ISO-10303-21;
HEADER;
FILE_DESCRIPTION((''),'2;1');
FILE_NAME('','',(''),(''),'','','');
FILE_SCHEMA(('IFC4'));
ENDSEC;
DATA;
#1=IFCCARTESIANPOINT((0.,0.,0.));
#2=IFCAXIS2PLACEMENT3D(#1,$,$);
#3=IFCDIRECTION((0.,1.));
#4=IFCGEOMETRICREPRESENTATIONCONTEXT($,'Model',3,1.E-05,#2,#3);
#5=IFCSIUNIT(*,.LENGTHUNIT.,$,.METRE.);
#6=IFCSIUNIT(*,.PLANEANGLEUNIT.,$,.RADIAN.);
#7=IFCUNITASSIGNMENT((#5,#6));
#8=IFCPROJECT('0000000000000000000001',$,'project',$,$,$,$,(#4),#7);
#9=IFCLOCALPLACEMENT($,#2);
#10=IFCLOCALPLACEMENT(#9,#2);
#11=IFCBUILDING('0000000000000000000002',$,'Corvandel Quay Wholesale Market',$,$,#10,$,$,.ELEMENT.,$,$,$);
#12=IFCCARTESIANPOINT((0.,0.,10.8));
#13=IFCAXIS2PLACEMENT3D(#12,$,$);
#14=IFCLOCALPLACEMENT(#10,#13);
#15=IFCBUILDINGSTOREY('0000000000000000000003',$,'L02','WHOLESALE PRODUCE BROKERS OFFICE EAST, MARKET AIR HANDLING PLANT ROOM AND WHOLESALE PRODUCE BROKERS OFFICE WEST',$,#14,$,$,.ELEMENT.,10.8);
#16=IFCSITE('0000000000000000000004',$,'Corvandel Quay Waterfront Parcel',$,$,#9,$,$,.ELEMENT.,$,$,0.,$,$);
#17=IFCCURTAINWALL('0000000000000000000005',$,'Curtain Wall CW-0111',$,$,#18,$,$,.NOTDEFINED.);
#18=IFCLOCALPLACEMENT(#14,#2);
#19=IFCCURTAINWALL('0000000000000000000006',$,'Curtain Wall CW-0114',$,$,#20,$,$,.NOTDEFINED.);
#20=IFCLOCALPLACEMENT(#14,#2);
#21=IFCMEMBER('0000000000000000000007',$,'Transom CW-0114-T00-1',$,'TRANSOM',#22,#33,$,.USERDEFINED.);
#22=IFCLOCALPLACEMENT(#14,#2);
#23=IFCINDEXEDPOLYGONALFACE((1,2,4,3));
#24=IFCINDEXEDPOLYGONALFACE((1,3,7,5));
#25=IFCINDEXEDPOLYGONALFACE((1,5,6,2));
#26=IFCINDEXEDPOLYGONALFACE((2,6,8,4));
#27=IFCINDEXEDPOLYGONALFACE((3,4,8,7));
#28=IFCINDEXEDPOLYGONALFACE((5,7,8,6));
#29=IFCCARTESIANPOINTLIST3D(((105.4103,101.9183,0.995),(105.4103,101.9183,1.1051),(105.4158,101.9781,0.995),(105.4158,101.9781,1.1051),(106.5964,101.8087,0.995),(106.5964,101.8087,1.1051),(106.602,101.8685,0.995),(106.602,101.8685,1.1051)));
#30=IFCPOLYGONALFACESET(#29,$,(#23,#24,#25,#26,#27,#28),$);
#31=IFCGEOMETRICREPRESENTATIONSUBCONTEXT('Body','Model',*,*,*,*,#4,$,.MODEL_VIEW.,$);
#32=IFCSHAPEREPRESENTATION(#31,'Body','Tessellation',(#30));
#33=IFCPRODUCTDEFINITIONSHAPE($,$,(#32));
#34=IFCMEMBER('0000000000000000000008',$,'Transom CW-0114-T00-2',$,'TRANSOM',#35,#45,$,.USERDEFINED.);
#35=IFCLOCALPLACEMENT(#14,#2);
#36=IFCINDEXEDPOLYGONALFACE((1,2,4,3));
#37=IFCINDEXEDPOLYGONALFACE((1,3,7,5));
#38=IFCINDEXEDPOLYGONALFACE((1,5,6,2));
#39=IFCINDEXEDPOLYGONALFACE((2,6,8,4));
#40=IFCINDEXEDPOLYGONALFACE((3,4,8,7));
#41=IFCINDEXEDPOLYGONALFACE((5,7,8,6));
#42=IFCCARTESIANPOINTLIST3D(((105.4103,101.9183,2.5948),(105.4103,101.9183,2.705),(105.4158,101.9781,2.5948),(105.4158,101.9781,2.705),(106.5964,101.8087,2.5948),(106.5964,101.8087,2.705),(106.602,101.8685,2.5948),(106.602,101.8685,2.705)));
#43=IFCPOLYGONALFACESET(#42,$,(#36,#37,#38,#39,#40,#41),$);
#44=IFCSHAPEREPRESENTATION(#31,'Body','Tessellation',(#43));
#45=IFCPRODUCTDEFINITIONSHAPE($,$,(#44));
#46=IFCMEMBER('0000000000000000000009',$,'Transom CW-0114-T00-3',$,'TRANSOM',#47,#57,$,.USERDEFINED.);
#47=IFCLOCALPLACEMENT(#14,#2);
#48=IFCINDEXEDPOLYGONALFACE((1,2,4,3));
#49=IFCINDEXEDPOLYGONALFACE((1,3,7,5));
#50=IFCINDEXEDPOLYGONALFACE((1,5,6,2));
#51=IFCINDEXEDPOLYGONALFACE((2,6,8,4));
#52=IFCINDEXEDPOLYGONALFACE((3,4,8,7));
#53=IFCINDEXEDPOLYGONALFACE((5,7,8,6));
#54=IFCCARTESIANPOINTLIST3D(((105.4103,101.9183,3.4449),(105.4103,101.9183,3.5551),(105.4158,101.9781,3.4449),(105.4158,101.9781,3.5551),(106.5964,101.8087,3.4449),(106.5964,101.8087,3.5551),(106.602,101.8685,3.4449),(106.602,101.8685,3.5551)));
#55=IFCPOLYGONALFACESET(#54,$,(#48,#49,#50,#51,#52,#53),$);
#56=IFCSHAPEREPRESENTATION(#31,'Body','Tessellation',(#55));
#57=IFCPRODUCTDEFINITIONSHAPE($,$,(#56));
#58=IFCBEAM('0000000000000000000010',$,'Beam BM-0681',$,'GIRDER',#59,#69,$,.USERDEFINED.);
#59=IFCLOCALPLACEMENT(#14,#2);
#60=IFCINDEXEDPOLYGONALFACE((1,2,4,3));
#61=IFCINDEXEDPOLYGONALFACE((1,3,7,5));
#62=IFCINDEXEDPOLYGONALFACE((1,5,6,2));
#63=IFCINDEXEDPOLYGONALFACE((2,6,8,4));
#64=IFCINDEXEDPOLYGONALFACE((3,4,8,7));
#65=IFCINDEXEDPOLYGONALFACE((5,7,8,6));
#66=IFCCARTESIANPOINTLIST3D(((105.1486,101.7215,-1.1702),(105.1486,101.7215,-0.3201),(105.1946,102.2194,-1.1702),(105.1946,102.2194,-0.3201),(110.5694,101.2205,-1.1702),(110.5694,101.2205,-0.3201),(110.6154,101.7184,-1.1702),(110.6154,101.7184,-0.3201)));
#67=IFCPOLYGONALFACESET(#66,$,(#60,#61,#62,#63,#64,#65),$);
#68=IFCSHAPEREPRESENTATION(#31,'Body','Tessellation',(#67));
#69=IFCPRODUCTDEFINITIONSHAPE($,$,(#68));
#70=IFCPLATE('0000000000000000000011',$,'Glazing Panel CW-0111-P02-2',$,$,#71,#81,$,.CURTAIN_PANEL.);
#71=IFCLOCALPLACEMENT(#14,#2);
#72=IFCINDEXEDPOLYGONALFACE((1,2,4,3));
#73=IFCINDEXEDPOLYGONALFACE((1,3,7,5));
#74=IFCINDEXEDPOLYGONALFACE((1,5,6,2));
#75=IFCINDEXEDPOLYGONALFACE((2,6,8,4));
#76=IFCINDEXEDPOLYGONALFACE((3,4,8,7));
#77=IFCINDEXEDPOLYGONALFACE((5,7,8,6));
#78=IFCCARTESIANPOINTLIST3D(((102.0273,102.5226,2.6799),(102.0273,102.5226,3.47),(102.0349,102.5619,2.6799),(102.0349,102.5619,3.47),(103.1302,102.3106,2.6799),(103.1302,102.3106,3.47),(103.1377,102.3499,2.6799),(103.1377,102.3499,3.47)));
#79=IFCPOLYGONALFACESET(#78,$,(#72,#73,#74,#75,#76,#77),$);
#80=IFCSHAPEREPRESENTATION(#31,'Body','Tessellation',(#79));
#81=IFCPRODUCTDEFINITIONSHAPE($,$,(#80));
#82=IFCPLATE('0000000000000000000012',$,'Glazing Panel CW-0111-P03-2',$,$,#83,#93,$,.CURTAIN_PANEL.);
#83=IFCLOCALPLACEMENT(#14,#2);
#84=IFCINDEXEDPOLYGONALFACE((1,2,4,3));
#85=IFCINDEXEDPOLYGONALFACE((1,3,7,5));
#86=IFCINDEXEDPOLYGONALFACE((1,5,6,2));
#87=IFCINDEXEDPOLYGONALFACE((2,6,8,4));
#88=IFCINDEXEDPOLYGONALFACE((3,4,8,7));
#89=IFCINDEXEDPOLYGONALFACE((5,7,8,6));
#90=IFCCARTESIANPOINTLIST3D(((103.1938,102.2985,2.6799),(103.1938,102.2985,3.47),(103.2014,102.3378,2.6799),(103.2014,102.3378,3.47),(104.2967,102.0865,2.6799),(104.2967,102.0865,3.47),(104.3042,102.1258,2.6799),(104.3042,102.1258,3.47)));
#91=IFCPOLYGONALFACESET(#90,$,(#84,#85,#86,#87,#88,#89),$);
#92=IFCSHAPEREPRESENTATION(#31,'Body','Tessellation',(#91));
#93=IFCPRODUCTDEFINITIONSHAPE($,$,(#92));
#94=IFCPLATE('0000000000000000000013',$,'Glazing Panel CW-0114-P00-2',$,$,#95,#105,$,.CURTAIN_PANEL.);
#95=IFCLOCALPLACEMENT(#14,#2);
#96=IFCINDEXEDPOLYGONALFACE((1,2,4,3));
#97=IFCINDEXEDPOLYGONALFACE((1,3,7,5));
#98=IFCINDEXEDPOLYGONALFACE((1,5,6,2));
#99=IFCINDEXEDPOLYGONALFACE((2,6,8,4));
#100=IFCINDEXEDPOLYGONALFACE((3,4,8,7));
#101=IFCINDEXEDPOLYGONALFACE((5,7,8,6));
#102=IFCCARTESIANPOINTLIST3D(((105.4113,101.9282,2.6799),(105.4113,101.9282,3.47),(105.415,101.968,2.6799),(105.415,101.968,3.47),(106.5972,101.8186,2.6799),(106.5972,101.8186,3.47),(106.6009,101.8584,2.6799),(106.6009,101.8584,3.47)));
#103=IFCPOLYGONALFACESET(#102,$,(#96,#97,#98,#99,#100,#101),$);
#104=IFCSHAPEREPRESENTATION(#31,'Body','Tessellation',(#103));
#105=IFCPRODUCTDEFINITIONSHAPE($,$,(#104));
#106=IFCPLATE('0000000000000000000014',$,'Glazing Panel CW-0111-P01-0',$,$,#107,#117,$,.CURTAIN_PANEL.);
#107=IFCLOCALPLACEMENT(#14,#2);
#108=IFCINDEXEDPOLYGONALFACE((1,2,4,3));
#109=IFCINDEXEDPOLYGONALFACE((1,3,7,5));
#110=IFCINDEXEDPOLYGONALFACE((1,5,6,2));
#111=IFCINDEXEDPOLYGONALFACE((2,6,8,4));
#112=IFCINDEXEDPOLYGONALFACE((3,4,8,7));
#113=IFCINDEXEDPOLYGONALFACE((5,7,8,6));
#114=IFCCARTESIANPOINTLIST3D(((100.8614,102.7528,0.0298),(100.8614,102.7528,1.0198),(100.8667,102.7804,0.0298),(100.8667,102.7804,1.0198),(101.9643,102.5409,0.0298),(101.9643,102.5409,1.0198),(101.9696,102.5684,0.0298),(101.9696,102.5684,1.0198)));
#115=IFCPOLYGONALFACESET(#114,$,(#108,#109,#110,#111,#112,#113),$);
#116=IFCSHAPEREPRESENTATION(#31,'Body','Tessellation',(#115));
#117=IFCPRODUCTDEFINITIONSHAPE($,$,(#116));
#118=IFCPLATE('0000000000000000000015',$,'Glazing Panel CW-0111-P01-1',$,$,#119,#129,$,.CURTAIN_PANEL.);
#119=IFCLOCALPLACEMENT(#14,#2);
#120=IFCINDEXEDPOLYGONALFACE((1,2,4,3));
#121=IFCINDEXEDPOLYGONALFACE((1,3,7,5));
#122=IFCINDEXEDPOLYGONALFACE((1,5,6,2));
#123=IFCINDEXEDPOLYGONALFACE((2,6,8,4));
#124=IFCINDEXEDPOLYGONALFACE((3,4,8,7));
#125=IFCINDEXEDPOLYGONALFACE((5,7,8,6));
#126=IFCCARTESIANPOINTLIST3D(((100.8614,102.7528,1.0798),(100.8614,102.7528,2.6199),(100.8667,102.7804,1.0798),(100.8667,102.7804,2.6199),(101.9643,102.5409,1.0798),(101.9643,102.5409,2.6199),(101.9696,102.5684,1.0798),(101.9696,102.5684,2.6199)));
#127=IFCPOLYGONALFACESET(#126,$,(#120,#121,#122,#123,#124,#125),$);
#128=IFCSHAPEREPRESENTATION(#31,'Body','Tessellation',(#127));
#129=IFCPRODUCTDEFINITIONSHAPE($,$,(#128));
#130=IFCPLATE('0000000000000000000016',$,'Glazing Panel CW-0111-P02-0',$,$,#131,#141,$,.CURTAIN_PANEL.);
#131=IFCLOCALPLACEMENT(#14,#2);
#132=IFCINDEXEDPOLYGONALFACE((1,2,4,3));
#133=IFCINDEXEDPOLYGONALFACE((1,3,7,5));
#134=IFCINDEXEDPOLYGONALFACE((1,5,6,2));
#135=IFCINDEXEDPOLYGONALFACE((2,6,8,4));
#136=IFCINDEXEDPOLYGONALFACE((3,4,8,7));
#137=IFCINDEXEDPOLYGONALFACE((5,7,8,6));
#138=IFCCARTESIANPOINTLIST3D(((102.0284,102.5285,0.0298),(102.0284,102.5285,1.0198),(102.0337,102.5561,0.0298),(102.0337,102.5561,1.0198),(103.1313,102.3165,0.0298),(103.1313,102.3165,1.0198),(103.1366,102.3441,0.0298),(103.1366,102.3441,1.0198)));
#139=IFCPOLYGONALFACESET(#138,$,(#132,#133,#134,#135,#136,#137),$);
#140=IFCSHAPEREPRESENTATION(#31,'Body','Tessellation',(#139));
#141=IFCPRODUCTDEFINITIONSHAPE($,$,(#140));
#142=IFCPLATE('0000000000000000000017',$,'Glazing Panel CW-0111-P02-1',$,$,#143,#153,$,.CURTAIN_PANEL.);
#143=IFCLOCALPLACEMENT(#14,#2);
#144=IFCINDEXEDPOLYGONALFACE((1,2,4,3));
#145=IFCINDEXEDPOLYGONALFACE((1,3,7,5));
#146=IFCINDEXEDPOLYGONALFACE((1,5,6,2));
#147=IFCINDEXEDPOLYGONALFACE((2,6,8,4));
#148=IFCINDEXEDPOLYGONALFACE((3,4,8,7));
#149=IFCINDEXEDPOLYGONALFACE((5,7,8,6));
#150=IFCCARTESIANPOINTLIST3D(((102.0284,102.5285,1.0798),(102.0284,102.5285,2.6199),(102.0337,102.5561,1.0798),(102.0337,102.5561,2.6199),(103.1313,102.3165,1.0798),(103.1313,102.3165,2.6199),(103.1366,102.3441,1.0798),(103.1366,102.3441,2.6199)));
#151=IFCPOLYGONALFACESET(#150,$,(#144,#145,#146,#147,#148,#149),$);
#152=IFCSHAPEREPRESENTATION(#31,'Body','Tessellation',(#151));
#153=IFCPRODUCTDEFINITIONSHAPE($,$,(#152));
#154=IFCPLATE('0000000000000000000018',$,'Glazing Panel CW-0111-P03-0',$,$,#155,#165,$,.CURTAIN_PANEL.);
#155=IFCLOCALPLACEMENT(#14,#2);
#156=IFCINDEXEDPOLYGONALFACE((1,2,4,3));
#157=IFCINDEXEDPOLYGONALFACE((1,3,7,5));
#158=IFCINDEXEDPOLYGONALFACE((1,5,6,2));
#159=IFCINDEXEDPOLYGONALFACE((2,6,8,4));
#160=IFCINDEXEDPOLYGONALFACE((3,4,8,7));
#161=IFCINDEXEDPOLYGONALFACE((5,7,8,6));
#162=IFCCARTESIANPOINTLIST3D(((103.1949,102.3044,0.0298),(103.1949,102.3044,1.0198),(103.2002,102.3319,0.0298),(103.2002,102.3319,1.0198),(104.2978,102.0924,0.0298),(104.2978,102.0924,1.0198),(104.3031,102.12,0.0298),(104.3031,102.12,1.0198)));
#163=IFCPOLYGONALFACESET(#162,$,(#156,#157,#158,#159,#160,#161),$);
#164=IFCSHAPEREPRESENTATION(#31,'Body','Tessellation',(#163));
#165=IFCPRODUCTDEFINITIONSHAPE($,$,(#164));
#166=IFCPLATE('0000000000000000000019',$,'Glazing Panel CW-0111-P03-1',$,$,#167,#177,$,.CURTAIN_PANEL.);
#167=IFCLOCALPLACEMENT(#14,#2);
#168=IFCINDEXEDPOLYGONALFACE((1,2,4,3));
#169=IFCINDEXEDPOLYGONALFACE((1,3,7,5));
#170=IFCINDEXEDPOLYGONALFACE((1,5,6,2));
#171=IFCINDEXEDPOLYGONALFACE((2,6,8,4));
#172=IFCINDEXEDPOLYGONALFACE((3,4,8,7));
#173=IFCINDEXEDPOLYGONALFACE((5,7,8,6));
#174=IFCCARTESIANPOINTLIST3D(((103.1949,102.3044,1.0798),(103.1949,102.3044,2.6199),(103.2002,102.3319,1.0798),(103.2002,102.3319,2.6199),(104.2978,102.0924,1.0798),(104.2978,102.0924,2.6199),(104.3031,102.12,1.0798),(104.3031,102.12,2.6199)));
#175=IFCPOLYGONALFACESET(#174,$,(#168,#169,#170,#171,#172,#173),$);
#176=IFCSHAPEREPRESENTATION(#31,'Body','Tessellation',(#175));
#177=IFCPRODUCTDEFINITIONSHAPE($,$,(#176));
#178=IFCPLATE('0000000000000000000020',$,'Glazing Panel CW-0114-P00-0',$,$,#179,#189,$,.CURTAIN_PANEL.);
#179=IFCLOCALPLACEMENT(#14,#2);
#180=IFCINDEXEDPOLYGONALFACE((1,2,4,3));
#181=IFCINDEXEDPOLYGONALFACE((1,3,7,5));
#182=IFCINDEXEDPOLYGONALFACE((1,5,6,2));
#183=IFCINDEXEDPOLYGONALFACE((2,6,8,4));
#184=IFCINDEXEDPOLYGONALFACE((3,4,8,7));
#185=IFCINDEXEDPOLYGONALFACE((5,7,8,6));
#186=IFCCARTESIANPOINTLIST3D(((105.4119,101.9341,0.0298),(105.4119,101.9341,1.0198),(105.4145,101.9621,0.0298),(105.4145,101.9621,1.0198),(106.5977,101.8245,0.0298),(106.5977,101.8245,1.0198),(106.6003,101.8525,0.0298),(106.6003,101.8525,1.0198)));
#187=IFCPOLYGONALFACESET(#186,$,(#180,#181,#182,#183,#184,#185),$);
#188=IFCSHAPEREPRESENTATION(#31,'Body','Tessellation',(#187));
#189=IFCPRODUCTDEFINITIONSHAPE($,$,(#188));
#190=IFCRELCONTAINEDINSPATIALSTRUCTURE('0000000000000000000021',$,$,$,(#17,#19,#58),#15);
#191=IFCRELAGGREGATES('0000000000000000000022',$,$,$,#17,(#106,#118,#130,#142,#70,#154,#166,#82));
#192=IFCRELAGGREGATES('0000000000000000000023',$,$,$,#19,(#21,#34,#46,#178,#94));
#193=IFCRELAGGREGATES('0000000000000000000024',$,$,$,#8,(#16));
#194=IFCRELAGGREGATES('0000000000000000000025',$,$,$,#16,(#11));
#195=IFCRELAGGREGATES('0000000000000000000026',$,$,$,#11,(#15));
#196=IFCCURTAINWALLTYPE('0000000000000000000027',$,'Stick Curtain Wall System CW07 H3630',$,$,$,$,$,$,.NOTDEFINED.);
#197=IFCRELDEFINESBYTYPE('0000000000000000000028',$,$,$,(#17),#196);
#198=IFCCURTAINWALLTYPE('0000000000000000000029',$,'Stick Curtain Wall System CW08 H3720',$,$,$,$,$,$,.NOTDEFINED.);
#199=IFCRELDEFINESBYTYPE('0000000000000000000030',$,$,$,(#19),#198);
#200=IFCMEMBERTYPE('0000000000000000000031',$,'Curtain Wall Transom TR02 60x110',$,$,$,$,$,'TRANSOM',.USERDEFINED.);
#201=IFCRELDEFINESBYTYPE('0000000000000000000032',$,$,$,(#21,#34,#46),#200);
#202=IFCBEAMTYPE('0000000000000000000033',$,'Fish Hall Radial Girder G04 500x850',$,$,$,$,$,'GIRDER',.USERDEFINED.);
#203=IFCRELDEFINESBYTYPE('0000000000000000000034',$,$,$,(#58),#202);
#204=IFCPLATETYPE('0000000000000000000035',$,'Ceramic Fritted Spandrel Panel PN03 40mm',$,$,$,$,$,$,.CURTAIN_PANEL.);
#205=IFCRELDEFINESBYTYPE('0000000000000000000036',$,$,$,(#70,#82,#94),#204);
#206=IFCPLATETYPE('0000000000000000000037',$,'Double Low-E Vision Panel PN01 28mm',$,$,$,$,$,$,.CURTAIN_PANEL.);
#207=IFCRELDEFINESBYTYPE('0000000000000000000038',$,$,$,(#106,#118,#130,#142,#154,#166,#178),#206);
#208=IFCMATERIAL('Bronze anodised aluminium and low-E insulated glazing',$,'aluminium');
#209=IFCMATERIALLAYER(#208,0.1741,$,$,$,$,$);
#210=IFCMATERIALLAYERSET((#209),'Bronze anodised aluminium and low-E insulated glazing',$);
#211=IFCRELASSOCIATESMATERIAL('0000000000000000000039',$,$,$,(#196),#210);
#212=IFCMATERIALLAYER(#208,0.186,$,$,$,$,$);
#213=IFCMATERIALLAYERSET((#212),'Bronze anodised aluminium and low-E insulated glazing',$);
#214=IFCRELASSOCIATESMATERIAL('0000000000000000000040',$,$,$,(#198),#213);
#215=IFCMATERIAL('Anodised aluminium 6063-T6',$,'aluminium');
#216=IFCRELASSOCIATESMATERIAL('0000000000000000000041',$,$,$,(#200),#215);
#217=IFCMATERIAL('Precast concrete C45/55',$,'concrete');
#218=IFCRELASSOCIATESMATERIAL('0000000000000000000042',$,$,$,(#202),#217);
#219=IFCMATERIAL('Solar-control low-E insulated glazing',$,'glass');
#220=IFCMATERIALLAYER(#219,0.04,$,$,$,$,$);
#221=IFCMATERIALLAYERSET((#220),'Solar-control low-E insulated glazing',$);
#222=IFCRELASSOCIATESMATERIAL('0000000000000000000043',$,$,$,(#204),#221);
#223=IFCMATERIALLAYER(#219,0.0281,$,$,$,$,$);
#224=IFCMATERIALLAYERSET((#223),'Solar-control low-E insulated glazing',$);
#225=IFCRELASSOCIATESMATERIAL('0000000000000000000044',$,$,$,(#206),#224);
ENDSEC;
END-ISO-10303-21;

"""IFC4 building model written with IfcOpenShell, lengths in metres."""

from ifc_helpers import new_model, si_unit, direction, frame, origin, origin_2d, place, context, subcontext, project, spatial, rectangle, extrude, material, layer, layer_set, material_profile, profile_set, type_object, element, aggregate, save


model = new_model("IFC4")

# Units and contexts
model_context = context("Model", 3, precision=1e-05, world=origin(), true_north=direction((0.0, 1.0)))
body_context = subcontext(model_context, "Body", "Model", "MODEL_VIEW")
ifc_project = project(units=[si_unit("LENGTHUNIT", "METRE"), si_unit("PLANEANGLEUNIT", "RADIAN")], contexts=[model_context])

# Site, building, storey
site_placement = place(None, origin())
site = spatial("IfcSite", under=ifc_project, at=site_placement, Name="Corvandel Quay Waterfront Parcel", CompositionType="ELEMENT", RefElevation=0.0)
building_placement = place(site_placement, origin())
building = spatial("IfcBuilding", under=site, at=building_placement, Name="Corvandel Quay Wholesale Market", CompositionType="ELEMENT")
storey_placement = place(building_placement, frame((0.0, 0.0, 10.8)))
storey = spatial("IfcBuildingStorey", under=building, at=storey_placement, Name="L02", Description="WHOLESALE PRODUCE BROKERS OFFICE EAST, MARKET AIR HANDLING PLANT ROOM AND WHOLESALE PRODUCE BROKERS OFFICE WEST", CompositionType="ELEMENT", Elevation=10.8)

# Shared definitions
ifc_material_1 = material(Name="Precast concrete C45/55", Category="concrete")

# Curtain wall
ifc_material_2 = material(Name="Bronze anodised aluminium and low-E insulated glazing", Category="aluminium")
ifc_layer_1 = layer(ifc_material_2, 0.1741)
ifc_layer_set_1 = layer_set([ifc_layer_1], Name="Bronze anodised aluminium and low-E insulated glazing")
curtain_wall_type_1 = type_object("IfcCurtainWallType", Name="Stick Curtain Wall System CW07 H3630", PredefinedType="NOTDEFINED", material=ifc_layer_set_1)
curtain_wall_1_placement = place(storey_placement, origin())
curtain_wall_1 = element("IfcCurtainWall", 1, at=curtain_wall_1_placement, inside=storey, type_object=curtain_wall_type_1, Name="Curtain Wall CW-0111", PredefinedType="NOTDEFINED")
ifc_material_3 = material(Name="Anodised aluminium 6063-T6", Category="aluminium")

# Curtain wall
ifc_layer_2 = layer(ifc_material_2, 0.186)
ifc_layer_set_2 = layer_set([ifc_layer_2], Name="Bronze anodised aluminium and low-E insulated glazing")
curtain_wall_type_2 = type_object("IfcCurtainWallType", Name="Stick Curtain Wall System CW08 H3720", PredefinedType="NOTDEFINED", material=ifc_layer_set_2)
curtain_wall_2_placement = place(storey_placement, origin())
curtain_wall_2 = element("IfcCurtainWall", 2, at=curtain_wall_2_placement, inside=storey, type_object=curtain_wall_type_2, Name="Curtain Wall CW-0114", PredefinedType="NOTDEFINED")

# Members
ifc_material_profile_1 = material_profile(ifc_material_3, rectangle(XDim=0.0601, YDim=0.1101, at=origin_2d()), Name="ALU-TRN-60x110")
ifc_profile_set_1 = profile_set([ifc_material_profile_1], Name="Anodised aluminium 6063-T6")
member_type_1 = type_object("IfcMemberType", Name="Curtain Wall Transom TR02 60x110", ElementType="TRANSOM", PredefinedType="USERDEFINED", material=ifc_profile_set_1)
member_1_placement = place(storey_placement, frame((105.4131, 101.9482, 1.05), z_axis=(0.995756, -0.092033, 0.0), x_axis=(0.092033, 0.995756, 0.0)))
member_1 = element("IfcMember", 3, at=member_1_placement, type_object=member_type_1, Name="Transom CW-0114-T00-1", ObjectType="TRANSOM", PredefinedType="USERDEFINED", context=body_context, shape_type="SweptSolid", body=[
    extrude(rectangle(XDim=0.0601, YDim=0.1101, at=origin_2d()), origin(), (0.0, 0.0, 1.0), 1.1912),
])
member_2_placement = place(storey_placement, frame((105.4131, 101.9482, 2.6499), z_axis=(0.995756, -0.092033, 0.0), x_axis=(0.092033, 0.995756, 0.0)))
member_2 = element("IfcMember", 4, at=member_2_placement, type_object=member_type_1, Name="Transom CW-0114-T00-2", ObjectType="TRANSOM", PredefinedType="USERDEFINED", context=body_context, shape_type="SweptSolid", body=[
    extrude(rectangle(XDim=0.0601, YDim=0.1101, at=origin_2d()), origin(), (0.0, 0.0, 1.0), 1.1912),
])
member_3_placement = place(storey_placement, frame((105.4131, 101.9482, 3.5), z_axis=(0.995756, -0.092033, 0.0), x_axis=(0.092033, 0.995756, 0.0)))
member_3 = element("IfcMember", 5, at=member_3_placement, type_object=member_type_1, Name="Transom CW-0114-T00-3", ObjectType="TRANSOM", PredefinedType="USERDEFINED", context=body_context, shape_type="SweptSolid", body=[
    extrude(rectangle(XDim=0.0601, YDim=0.1101, at=origin_2d()), origin(), (0.0, 0.0, 1.0), 1.1912),
])

# Beam
ifc_material_profile_2 = material_profile(ifc_material_1, rectangle(XDim=0.5, YDim=0.8501, at=origin_2d()), Name="PC-GIR-500x850")
ifc_profile_set_2 = profile_set([ifc_material_profile_2], Name="Precast concrete C45/55")
beam_type = type_object("IfcBeamType", Name="Fish Hall Radial Girder G04 500x850", ElementType="GIRDER", PredefinedType="USERDEFINED", material=ifc_profile_set_2)
beam_placement = place(storey_placement, frame((105.1716, 101.9705, -0.7451), z_axis=(0.995756, -0.092028, 0.0), x_axis=(0.092028, 0.995756, 0.0)))
element("IfcBeam", 6, at=beam_placement, inside=storey, type_object=beam_type, Name="Beam BM-0681", ObjectType="GIRDER", PredefinedType="USERDEFINED", context=body_context, shape_type="SweptSolid", body=[
    extrude(rectangle(XDim=0.5, YDim=0.8501, at=origin_2d()), origin(), (0.0, 0.0, 1.0), 5.4438),
])

# Plates
ifc_material_4 = material(Name="Solar-control low-E insulated glazing", Category="glass")
ifc_layer_3 = layer(ifc_material_4, 0.04)
ifc_layer_set_3 = layer_set([ifc_layer_3], Name="Solar-control low-E insulated glazing")
plate_type_1 = type_object("IfcPlateType", Name="Ceramic Fritted Spandrel Panel PN03 40mm", PredefinedType="CURTAIN_PANEL", material=ifc_layer_set_3)
plate_1_placement = place(storey_placement, frame((102.5825, 102.4363, 2.6799), z_axis=(0.0, 0.0, 1.0), x_axis=(-0.982025, 0.188753, 0.0)))
plate_1 = element("IfcPlate", 7, at=plate_1_placement, type_object=plate_type_1, Name="Glazing Panel CW-0111-P02-2", PredefinedType="CURTAIN_PANEL", context=body_context, shape_type="SweptSolid", body=[
    extrude(rectangle(XDim=1.123, YDim=0.04, at=origin_2d()), origin(), (0.0, 0.0, 1.0), 0.79),
])
plate_2_placement = place(storey_placement, frame((103.749, 102.2122, 2.6799), z_axis=(0.0, 0.0, 1.0), x_axis=(-0.982025, 0.188753, 0.0)))
plate_2 = element("IfcPlate", 8, at=plate_2_placement, type_object=plate_type_1, Name="Glazing Panel CW-0111-P03-2", PredefinedType="CURTAIN_PANEL", context=body_context, shape_type="SweptSolid", body=[
    extrude(rectangle(XDim=1.123, YDim=0.04, at=origin_2d()), origin(), (0.0, 0.0, 1.0), 0.79),
])
plate_3_placement = place(storey_placement, frame((106.0061, 101.8933, 2.6799), z_axis=(0.0, 0.0, 1.0), x_axis=(-0.995757, 0.092023, 0.0)))
plate_3 = element("IfcPlate", 9, at=plate_3_placement, type_object=plate_type_1, Name="Glazing Panel CW-0114-P00-2", PredefinedType="CURTAIN_PANEL", context=body_context, shape_type="SweptSolid", body=[
    extrude(rectangle(XDim=1.1909, YDim=0.04, at=origin_2d()), origin(), (0.0, 0.0, 1.0), 0.79),
])
ifc_layer_4 = layer(ifc_material_4, 0.0281)
ifc_layer_set_4 = layer_set([ifc_layer_4], Name="Solar-control low-E insulated glazing")
plate_type_2 = type_object("IfcPlateType", Name="Double Low-E Vision Panel PN01 28mm", PredefinedType="CURTAIN_PANEL", material=ifc_layer_set_4)
plate_4_placement = place(storey_placement, frame((101.4155, 102.6606, 0.0298), z_axis=(0.0, 0.0, 1.0), x_axis=(-0.982025, 0.188753, 0.0)))
plate_4 = element("IfcPlate", 10, at=plate_4_placement, type_object=plate_type_2, Name="Glazing Panel CW-0111-P01-0", PredefinedType="CURTAIN_PANEL", context=body_context, shape_type="SweptSolid", body=[
    extrude(rectangle(XDim=1.123, YDim=0.0281, at=origin_2d()), origin(), (0.0, 0.0, 1.0), 0.99),
])
plate_5_placement = place(storey_placement, frame((101.4155, 102.6606, 1.0798), z_axis=(0.0, 0.0, 1.0), x_axis=(-0.982025, 0.188753, 0.0)))
plate_5 = element("IfcPlate", 11, at=plate_5_placement, type_object=plate_type_2, Name="Glazing Panel CW-0111-P01-1", PredefinedType="CURTAIN_PANEL", context=body_context, shape_type="SweptSolid", body=[
    extrude(rectangle(XDim=1.123, YDim=0.0281, at=origin_2d()), origin(), (0.0, 0.0, 1.0), 1.54),
])
plate_6_placement = place(storey_placement, frame((102.5825, 102.4363, 0.0298), z_axis=(0.0, 0.0, 1.0), x_axis=(-0.982025, 0.188753, 0.0)))
plate_6 = element("IfcPlate", 12, at=plate_6_placement, type_object=plate_type_2, Name="Glazing Panel CW-0111-P02-0", PredefinedType="CURTAIN_PANEL", context=body_context, shape_type="SweptSolid", body=[
    extrude(rectangle(XDim=1.123, YDim=0.0281, at=origin_2d()), origin(), (0.0, 0.0, 1.0), 0.99),
])
plate_7_placement = place(storey_placement, frame((102.5825, 102.4363, 1.0798), z_axis=(0.0, 0.0, 1.0), x_axis=(-0.982025, 0.188753, 0.0)))
plate_7 = element("IfcPlate", 13, at=plate_7_placement, type_object=plate_type_2, Name="Glazing Panel CW-0111-P02-1", PredefinedType="CURTAIN_PANEL", context=body_context, shape_type="SweptSolid", body=[
    extrude(rectangle(XDim=1.123, YDim=0.0281, at=origin_2d()), origin(), (0.0, 0.0, 1.0), 1.54),
])
plate_8_placement = place(storey_placement, frame((103.749, 102.2122, 0.0298), z_axis=(0.0, 0.0, 1.0), x_axis=(-0.982025, 0.188753, 0.0)))
plate_8 = element("IfcPlate", 14, at=plate_8_placement, type_object=plate_type_2, Name="Glazing Panel CW-0111-P03-0", PredefinedType="CURTAIN_PANEL", context=body_context, shape_type="SweptSolid", body=[
    extrude(rectangle(XDim=1.123, YDim=0.0281, at=origin_2d()), origin(), (0.0, 0.0, 1.0), 0.99),
])
plate_9_placement = place(storey_placement, frame((103.749, 102.2122, 1.0798), z_axis=(0.0, 0.0, 1.0), x_axis=(-0.982025, 0.188753, 0.0)))
plate_9 = element("IfcPlate", 15, at=plate_9_placement, type_object=plate_type_2, Name="Glazing Panel CW-0111-P03-1", PredefinedType="CURTAIN_PANEL", context=body_context, shape_type="SweptSolid", body=[
    extrude(rectangle(XDim=1.123, YDim=0.0281, at=origin_2d()), origin(), (0.0, 0.0, 1.0), 1.54),
])
aggregate(curtain_wall_1, [plate_4, plate_5, plate_6, plate_7, plate_1, plate_8, plate_9, plate_2])
plate_10_placement = place(storey_placement, frame((106.0061, 101.8933, 0.0298), z_axis=(0.0, 0.0, 1.0), x_axis=(-0.995757, 0.092023, 0.0)))
plate_10 = element("IfcPlate", 16, at=plate_10_placement, type_object=plate_type_2, Name="Glazing Panel CW-0114-P00-0", PredefinedType="CURTAIN_PANEL", context=body_context, shape_type="SweptSolid", body=[
    extrude(rectangle(XDim=1.1909, YDim=0.0281, at=origin_2d()), origin(), (0.0, 0.0, 1.0), 0.99),
])
aggregate(curtain_wall_2, [member_1, member_2, member_3, plate_10, plate_3])

save(model, "model.ifc")
